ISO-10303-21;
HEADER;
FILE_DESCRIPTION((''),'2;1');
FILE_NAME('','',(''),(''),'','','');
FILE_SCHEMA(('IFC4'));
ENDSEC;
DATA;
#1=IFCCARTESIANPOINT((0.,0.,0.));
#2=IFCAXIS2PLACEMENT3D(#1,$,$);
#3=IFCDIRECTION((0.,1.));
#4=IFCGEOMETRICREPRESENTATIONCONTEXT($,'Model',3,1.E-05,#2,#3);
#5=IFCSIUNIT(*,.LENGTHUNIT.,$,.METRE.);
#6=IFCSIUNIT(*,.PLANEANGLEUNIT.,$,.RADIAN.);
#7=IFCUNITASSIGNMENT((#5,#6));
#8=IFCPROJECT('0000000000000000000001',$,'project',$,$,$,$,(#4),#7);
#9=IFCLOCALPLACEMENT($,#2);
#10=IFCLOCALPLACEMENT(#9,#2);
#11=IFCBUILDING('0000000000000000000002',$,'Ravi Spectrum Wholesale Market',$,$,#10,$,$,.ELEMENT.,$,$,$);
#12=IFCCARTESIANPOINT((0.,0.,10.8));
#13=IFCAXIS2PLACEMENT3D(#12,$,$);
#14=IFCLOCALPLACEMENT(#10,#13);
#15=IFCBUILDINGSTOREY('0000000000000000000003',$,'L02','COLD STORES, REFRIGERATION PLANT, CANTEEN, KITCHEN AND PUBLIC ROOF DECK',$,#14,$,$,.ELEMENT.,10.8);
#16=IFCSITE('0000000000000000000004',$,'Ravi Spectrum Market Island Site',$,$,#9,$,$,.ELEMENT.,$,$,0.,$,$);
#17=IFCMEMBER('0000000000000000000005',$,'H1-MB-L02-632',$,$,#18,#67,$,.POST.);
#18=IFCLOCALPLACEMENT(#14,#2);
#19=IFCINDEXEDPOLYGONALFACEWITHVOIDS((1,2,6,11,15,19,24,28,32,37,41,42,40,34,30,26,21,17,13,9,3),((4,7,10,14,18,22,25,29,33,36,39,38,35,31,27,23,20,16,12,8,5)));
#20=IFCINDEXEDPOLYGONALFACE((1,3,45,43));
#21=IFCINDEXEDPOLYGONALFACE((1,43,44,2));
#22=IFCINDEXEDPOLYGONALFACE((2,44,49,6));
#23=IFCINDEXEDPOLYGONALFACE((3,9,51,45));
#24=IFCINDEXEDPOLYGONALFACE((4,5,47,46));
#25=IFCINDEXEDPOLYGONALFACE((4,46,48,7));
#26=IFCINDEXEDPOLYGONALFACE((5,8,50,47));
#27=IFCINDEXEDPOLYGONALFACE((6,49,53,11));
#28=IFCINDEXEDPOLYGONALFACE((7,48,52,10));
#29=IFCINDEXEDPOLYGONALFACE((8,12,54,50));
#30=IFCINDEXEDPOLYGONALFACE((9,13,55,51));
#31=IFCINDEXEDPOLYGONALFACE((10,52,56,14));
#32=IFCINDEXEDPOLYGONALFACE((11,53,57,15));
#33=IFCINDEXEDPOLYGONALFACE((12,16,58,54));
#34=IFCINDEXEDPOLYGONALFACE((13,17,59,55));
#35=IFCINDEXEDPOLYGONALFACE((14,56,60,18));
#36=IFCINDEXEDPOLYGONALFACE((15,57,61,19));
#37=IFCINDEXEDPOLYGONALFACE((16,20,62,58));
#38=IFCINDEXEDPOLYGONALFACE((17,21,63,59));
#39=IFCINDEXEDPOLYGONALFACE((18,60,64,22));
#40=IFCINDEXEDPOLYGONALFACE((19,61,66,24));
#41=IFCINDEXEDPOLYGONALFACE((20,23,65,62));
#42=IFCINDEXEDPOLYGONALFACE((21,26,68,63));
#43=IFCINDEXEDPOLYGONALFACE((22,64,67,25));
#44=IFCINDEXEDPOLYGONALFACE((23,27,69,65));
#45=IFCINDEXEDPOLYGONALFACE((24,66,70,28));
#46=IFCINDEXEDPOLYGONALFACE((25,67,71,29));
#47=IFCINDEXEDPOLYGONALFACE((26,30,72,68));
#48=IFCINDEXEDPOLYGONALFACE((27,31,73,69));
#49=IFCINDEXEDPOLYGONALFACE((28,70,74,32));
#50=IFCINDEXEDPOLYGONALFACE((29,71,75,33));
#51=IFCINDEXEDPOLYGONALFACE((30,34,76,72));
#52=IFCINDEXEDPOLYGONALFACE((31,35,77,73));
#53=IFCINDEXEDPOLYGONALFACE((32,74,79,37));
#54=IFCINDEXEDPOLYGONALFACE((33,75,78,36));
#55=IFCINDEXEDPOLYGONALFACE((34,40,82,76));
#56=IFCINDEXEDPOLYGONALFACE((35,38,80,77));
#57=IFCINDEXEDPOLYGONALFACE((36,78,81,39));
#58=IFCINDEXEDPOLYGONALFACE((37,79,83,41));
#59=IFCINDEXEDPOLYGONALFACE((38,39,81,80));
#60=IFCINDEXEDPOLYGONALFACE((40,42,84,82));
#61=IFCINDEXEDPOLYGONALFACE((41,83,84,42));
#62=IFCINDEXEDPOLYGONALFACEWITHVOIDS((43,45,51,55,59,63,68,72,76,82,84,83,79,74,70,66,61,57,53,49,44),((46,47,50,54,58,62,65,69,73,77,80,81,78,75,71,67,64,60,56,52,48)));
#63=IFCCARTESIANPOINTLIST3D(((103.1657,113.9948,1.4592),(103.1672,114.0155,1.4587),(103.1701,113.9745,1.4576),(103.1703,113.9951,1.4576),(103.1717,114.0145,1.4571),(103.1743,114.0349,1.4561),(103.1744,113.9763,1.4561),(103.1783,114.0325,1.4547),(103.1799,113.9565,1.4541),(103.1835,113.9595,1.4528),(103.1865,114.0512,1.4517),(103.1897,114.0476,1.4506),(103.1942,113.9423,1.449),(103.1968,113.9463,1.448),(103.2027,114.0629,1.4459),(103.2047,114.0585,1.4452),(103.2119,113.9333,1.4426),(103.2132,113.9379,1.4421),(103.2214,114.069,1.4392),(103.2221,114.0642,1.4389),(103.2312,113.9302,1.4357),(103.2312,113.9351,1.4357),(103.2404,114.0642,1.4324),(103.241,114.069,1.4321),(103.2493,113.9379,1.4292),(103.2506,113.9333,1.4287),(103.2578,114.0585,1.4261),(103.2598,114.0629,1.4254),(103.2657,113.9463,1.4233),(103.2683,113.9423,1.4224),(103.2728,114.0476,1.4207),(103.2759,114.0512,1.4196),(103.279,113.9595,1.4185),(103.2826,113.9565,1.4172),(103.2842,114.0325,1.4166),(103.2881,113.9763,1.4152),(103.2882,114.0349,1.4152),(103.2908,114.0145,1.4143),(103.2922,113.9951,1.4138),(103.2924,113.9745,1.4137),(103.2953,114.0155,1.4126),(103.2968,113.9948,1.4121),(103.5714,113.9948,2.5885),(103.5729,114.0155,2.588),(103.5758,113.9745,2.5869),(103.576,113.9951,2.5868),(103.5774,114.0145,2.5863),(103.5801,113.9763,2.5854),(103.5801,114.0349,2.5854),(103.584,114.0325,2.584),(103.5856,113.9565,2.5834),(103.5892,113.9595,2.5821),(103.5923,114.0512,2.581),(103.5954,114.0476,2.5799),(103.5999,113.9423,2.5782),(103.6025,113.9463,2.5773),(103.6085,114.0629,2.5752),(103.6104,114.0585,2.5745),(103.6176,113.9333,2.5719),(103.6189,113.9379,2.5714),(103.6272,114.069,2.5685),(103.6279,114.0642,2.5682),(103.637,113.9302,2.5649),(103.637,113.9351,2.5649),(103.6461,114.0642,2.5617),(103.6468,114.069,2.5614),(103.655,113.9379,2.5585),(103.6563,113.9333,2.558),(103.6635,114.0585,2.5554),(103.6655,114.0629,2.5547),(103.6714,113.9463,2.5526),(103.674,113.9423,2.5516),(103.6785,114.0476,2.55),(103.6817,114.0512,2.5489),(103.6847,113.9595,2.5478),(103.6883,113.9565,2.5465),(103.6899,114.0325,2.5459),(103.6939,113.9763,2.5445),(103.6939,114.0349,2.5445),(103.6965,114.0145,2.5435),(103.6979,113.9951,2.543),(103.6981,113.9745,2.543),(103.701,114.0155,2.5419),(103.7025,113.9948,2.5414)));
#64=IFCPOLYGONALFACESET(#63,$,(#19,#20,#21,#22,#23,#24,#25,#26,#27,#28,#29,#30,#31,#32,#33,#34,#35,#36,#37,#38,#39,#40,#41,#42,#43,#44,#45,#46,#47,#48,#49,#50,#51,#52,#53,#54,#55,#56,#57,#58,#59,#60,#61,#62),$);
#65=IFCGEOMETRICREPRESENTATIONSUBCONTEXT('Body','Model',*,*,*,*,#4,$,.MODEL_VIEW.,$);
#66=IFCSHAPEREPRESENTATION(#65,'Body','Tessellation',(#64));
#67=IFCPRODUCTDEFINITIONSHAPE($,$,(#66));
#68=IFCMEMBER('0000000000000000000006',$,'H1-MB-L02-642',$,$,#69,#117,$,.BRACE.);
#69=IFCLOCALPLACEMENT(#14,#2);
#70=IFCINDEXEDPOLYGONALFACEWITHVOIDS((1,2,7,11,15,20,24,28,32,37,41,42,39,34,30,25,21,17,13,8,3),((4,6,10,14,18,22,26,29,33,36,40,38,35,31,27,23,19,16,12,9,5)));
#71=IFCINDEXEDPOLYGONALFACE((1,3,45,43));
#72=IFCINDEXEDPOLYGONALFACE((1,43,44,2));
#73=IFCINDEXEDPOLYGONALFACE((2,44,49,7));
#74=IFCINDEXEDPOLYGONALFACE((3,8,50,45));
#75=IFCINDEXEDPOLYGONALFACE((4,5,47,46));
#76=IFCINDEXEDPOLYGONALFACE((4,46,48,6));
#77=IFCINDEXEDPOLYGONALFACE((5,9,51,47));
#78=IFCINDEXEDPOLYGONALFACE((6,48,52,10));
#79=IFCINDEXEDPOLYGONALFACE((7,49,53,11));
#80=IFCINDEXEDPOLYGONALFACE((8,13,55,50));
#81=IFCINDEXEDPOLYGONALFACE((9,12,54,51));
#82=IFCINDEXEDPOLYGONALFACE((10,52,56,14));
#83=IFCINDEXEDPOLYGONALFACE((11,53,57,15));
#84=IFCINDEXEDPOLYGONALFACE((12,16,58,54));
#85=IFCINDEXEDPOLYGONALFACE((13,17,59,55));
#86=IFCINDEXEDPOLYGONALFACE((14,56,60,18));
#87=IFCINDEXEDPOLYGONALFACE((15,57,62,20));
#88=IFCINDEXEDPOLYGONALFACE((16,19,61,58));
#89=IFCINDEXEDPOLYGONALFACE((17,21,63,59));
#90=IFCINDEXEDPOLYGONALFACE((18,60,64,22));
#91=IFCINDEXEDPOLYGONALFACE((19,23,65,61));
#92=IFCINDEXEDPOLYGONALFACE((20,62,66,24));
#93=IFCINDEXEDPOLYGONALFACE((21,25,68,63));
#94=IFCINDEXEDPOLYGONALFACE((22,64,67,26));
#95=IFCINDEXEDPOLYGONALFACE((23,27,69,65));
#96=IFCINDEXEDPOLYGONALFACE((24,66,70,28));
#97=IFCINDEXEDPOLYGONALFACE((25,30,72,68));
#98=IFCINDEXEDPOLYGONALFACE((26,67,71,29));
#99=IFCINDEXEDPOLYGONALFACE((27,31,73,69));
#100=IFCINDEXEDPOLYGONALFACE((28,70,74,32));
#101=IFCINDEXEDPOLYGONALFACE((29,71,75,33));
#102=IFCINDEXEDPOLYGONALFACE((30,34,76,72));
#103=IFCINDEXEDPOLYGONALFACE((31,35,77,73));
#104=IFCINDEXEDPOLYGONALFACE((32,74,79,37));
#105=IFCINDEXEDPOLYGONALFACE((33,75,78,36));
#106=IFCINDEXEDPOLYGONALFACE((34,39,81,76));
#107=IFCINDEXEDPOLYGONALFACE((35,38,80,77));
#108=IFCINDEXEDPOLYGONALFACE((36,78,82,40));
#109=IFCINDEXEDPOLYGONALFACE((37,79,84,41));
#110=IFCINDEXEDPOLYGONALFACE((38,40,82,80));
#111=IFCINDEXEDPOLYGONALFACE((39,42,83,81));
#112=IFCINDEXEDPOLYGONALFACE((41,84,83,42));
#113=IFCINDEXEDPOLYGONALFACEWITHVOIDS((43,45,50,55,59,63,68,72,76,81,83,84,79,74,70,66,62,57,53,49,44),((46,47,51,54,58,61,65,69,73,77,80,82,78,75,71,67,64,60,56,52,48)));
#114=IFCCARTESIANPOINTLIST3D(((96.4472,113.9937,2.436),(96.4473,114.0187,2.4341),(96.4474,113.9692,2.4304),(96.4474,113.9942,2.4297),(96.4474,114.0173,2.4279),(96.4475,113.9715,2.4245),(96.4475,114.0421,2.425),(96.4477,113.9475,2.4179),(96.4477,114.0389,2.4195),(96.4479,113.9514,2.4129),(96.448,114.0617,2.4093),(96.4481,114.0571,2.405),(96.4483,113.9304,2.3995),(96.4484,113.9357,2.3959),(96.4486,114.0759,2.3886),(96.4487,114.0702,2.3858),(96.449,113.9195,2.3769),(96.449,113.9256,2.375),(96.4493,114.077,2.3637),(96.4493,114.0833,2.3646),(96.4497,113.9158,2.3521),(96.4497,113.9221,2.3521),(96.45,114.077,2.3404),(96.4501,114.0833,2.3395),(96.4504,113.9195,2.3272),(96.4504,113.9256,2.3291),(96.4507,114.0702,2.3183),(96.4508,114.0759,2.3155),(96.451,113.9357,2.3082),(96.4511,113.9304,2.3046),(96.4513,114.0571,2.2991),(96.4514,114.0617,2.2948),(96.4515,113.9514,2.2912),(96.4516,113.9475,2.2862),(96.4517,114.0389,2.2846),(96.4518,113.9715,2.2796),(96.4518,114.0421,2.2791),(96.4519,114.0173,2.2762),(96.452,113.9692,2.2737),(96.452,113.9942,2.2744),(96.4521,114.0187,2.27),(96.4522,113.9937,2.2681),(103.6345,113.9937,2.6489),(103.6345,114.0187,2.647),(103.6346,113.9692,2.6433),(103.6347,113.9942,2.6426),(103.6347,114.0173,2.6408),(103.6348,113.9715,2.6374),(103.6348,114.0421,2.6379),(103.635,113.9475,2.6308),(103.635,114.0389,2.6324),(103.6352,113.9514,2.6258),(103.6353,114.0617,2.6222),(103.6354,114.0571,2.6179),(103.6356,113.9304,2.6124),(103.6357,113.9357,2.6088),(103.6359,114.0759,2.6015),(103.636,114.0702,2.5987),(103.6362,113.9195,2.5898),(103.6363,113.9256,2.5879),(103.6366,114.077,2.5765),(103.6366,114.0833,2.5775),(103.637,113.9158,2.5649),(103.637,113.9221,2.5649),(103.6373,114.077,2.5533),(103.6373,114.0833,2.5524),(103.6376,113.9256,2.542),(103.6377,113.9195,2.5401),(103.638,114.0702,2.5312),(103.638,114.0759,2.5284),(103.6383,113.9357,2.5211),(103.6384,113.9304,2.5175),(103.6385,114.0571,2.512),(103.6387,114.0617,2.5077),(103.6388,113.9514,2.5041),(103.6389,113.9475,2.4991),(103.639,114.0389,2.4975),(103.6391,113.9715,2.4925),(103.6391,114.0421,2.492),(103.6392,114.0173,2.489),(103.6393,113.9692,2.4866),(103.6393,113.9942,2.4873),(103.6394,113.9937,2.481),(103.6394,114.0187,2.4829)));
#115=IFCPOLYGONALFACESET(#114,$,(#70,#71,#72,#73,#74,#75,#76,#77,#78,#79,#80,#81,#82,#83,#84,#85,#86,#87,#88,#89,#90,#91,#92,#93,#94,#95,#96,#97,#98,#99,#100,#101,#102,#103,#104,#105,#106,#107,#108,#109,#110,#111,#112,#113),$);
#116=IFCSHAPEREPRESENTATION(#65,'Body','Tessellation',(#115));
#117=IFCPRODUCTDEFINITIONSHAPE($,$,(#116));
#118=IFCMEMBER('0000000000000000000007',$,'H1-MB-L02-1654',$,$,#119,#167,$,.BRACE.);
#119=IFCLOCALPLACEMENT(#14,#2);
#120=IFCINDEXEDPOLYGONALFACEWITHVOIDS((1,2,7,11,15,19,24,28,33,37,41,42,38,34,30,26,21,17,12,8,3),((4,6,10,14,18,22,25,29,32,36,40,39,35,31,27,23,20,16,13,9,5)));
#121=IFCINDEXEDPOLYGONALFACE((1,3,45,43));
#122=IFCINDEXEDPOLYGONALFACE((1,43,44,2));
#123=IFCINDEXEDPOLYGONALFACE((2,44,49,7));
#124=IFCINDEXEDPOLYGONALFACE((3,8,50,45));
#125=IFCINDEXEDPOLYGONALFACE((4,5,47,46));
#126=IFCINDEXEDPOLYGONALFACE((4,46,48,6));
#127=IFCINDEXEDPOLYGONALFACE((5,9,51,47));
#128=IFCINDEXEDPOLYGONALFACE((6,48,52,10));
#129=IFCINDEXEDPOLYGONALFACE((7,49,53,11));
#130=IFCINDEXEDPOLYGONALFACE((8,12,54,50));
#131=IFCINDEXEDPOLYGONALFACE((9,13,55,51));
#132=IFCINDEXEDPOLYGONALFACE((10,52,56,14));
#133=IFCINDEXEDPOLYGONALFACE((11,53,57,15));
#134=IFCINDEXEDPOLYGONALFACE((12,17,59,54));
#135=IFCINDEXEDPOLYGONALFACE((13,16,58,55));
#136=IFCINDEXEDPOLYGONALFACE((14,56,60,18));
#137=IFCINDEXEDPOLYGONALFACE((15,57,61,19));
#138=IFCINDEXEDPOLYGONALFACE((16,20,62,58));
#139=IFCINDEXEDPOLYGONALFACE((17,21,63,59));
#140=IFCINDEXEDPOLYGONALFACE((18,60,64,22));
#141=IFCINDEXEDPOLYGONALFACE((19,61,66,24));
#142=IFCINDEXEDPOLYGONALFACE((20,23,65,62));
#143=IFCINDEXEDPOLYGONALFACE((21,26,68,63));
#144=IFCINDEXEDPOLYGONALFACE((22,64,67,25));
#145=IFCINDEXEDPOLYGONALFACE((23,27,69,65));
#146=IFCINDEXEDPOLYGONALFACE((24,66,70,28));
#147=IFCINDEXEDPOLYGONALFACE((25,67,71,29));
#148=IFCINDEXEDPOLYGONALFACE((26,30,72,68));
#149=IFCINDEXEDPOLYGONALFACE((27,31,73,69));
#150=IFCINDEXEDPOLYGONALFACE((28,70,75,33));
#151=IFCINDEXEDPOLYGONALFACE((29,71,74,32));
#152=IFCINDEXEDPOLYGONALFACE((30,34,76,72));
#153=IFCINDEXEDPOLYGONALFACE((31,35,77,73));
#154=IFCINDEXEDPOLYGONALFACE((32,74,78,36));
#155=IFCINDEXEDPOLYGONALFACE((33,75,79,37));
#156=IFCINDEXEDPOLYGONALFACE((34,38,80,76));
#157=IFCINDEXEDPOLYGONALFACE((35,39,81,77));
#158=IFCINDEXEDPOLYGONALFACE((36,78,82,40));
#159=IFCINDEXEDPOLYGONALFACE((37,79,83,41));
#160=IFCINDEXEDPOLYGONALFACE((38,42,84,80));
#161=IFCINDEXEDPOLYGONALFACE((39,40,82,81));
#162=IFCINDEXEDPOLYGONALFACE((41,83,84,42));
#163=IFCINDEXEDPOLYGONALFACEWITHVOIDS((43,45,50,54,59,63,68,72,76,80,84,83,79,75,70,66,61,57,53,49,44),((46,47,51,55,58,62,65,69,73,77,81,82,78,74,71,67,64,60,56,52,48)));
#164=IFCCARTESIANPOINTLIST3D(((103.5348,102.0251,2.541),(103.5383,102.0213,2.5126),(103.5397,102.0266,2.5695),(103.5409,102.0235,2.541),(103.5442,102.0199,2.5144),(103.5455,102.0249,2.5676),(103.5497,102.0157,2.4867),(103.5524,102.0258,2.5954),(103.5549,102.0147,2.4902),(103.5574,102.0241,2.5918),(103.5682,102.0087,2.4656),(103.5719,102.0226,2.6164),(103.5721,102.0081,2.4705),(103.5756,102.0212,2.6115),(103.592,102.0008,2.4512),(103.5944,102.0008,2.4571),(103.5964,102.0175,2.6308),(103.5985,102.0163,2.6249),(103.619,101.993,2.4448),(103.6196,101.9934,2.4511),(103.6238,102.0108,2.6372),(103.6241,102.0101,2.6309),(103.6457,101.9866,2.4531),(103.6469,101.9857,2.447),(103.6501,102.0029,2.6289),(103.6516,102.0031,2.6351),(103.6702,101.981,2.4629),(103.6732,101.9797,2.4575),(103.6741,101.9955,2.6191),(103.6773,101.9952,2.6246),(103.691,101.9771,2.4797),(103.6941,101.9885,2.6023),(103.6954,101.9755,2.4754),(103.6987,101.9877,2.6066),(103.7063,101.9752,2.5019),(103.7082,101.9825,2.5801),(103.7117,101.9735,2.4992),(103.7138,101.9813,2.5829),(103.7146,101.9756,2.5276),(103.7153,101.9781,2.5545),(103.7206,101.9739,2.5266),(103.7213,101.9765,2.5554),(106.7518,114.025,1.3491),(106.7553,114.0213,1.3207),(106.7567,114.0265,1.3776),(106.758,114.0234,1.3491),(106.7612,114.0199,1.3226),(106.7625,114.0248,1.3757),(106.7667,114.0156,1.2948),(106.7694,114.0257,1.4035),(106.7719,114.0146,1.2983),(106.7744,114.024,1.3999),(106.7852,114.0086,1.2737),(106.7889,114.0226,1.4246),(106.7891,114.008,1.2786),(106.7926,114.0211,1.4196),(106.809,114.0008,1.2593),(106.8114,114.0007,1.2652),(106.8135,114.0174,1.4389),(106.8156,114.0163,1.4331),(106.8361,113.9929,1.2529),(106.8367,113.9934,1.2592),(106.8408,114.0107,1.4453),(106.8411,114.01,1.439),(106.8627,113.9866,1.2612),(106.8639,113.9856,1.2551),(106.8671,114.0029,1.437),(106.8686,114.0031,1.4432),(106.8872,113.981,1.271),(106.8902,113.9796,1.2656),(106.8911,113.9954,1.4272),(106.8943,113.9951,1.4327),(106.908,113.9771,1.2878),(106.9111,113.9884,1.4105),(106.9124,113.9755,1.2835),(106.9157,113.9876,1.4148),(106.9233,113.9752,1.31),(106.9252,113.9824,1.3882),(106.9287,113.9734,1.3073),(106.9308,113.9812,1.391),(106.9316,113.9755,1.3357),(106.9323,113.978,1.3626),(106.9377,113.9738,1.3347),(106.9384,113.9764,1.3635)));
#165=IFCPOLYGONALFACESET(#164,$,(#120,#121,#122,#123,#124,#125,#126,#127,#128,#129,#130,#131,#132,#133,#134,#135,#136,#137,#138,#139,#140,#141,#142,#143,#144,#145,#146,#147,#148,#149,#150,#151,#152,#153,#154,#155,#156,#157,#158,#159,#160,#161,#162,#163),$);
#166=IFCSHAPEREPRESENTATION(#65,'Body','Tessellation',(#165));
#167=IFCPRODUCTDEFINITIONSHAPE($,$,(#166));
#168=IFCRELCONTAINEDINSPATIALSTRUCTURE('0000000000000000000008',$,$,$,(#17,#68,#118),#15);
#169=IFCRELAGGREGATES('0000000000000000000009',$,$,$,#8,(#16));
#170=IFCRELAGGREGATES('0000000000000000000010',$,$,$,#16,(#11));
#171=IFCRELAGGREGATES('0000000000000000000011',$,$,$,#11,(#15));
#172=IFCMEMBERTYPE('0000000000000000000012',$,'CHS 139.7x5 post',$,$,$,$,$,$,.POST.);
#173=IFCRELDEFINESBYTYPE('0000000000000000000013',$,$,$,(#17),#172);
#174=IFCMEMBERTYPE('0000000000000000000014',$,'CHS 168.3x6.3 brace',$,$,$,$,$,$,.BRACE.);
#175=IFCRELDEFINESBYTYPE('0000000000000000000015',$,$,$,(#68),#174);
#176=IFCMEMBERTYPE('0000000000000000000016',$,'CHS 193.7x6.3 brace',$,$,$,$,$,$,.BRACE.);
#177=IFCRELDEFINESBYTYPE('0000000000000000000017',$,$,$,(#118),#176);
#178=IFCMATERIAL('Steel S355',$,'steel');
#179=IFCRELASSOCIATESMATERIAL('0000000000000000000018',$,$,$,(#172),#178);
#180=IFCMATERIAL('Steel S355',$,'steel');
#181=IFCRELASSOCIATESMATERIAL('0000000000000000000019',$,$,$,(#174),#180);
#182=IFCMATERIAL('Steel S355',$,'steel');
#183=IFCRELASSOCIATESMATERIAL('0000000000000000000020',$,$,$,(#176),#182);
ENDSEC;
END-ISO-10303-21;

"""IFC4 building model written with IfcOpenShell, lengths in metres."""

from ifc_helpers import new_model, si_unit, direction, frame, origin, origin_2d, place, context, subcontext, project, spatial, hollow_circle, extrude, material, material_profile, profile_set, type_object, element, save


model = new_model("IFC4")

# Units and contexts
model_context = context("Model", 3, precision=1e-05, world=origin(), true_north=direction((0.0, 1.0)))
body_context = subcontext(model_context, "Body", "Model", "MODEL_VIEW")
ifc_project = project(units=[si_unit("LENGTHUNIT", "METRE"), si_unit("PLANEANGLEUNIT", "RADIAN")], contexts=[model_context])

# Site, building, storey
site_placement = place(None, origin())
site = spatial("IfcSite", under=ifc_project, at=site_placement, Name="Ravi Spectrum Market Island Site", CompositionType="ELEMENT", RefElevation=0.0)
building_placement = place(site_placement, origin())
building = spatial("IfcBuilding", under=site, at=building_placement, Name="Ravi Spectrum Wholesale Market", CompositionType="ELEMENT")
storey_placement = place(building_placement, frame((0.0, 0.0, 10.8)))
storey = spatial("IfcBuildingStorey", under=building, at=storey_placement, Name="L02", Description="COLD STORES, REFRIGERATION PLANT, CANTEEN, KITCHEN AND PUBLIC ROOF DECK", CompositionType="ELEMENT", Elevation=10.8)

# Members
ifc_material_1 = material(Name="Steel S355", Category="steel")
ifc_material_profile_1 = material_profile(ifc_material_1, hollow_circle(Radius=0.0698, WallThickness=0.0049, at=origin_2d()))
ifc_profile_set_1 = profile_set([ifc_material_profile_1], Name="Steel S355")
member_type_1 = type_object("IfcMemberType", Name="CHS 139.7x5 post", PredefinedType="POST", material=ifc_profile_set_1)
member_1_placement = place(storey_placement, frame((103.637, 114.0, 2.5649), z_axis=(-0.338114, 0.0, -0.941105), x_axis=(0.0, -1.0, 0.0)))
element("IfcMember", 1, at=member_1_placement, inside=storey, type_object=member_type_1, Name="H1-MB-L02-632", PredefinedType="POST", context=body_context, shape_type="SweptSolid", body=[
    extrude(hollow_circle(Radius=0.0698, WallThickness=0.0049, at=origin_2d()), origin(), (0.0, 0.0, 1.0), 1.2),
])
ifc_material_2 = material(Name="Steel S355", Category="steel")
ifc_material_profile_2 = material_profile(ifc_material_2, hollow_circle(Radius=0.0842, WallThickness=0.0063, at=origin_2d()))
ifc_profile_set_2 = profile_set([ifc_material_profile_2], Name="Steel S355")
member_type_2 = type_object("IfcMemberType", Name="CHS 168.3x6.3 brace", PredefinedType="BRACE", material=ifc_profile_set_2)
member_2_placement = place(storey_placement, frame((103.637, 114.0, 2.5649), z_axis=(-0.999562, 0.0, -0.029608), x_axis=(0.0, -1.0, 0.0)))
element("IfcMember", 2, at=member_2_placement, inside=storey, type_object=member_type_2, Name="H1-MB-L02-642", PredefinedType="BRACE", context=body_context, shape_type="SweptSolid", body=[
    extrude(hollow_circle(Radius=0.0842, WallThickness=0.0063, at=origin_2d()), origin(), (0.0, 0.0, 1.0), 7.1904),
])
ifc_material_3 = material(Name="Steel S355", Category="steel")
ifc_material_profile_3 = material_profile(ifc_material_3, hollow_circle(Radius=0.0969, WallThickness=0.0063, at=origin_2d()))
ifc_profile_set_3 = profile_set([ifc_material_profile_3], Name="Steel S355")
member_type_3 = type_object("IfcMemberType", Name="CHS 193.7x6.3 brace", PredefinedType="BRACE", material=ifc_profile_set_3)
member_3_placement = place(storey_placement, frame((103.6284, 102.0, 2.541), z_axis=(0.25776, 0.961478, -0.095498), x_axis=(-0.965893, 0.258943, 0.0)))
element("IfcMember", 3, at=member_3_placement, inside=storey, type_object=member_type_3, Name="H1-MB-L02-1654", PredefinedType="BRACE", context=body_context, shape_type="SweptSolid", body=[
    extrude(hollow_circle(Radius=0.0969, WallThickness=0.0063, at=origin_2d()), origin(), (0.0, 0.0, 1.0), 12.4807),
])

save(model, "model.ifc")
